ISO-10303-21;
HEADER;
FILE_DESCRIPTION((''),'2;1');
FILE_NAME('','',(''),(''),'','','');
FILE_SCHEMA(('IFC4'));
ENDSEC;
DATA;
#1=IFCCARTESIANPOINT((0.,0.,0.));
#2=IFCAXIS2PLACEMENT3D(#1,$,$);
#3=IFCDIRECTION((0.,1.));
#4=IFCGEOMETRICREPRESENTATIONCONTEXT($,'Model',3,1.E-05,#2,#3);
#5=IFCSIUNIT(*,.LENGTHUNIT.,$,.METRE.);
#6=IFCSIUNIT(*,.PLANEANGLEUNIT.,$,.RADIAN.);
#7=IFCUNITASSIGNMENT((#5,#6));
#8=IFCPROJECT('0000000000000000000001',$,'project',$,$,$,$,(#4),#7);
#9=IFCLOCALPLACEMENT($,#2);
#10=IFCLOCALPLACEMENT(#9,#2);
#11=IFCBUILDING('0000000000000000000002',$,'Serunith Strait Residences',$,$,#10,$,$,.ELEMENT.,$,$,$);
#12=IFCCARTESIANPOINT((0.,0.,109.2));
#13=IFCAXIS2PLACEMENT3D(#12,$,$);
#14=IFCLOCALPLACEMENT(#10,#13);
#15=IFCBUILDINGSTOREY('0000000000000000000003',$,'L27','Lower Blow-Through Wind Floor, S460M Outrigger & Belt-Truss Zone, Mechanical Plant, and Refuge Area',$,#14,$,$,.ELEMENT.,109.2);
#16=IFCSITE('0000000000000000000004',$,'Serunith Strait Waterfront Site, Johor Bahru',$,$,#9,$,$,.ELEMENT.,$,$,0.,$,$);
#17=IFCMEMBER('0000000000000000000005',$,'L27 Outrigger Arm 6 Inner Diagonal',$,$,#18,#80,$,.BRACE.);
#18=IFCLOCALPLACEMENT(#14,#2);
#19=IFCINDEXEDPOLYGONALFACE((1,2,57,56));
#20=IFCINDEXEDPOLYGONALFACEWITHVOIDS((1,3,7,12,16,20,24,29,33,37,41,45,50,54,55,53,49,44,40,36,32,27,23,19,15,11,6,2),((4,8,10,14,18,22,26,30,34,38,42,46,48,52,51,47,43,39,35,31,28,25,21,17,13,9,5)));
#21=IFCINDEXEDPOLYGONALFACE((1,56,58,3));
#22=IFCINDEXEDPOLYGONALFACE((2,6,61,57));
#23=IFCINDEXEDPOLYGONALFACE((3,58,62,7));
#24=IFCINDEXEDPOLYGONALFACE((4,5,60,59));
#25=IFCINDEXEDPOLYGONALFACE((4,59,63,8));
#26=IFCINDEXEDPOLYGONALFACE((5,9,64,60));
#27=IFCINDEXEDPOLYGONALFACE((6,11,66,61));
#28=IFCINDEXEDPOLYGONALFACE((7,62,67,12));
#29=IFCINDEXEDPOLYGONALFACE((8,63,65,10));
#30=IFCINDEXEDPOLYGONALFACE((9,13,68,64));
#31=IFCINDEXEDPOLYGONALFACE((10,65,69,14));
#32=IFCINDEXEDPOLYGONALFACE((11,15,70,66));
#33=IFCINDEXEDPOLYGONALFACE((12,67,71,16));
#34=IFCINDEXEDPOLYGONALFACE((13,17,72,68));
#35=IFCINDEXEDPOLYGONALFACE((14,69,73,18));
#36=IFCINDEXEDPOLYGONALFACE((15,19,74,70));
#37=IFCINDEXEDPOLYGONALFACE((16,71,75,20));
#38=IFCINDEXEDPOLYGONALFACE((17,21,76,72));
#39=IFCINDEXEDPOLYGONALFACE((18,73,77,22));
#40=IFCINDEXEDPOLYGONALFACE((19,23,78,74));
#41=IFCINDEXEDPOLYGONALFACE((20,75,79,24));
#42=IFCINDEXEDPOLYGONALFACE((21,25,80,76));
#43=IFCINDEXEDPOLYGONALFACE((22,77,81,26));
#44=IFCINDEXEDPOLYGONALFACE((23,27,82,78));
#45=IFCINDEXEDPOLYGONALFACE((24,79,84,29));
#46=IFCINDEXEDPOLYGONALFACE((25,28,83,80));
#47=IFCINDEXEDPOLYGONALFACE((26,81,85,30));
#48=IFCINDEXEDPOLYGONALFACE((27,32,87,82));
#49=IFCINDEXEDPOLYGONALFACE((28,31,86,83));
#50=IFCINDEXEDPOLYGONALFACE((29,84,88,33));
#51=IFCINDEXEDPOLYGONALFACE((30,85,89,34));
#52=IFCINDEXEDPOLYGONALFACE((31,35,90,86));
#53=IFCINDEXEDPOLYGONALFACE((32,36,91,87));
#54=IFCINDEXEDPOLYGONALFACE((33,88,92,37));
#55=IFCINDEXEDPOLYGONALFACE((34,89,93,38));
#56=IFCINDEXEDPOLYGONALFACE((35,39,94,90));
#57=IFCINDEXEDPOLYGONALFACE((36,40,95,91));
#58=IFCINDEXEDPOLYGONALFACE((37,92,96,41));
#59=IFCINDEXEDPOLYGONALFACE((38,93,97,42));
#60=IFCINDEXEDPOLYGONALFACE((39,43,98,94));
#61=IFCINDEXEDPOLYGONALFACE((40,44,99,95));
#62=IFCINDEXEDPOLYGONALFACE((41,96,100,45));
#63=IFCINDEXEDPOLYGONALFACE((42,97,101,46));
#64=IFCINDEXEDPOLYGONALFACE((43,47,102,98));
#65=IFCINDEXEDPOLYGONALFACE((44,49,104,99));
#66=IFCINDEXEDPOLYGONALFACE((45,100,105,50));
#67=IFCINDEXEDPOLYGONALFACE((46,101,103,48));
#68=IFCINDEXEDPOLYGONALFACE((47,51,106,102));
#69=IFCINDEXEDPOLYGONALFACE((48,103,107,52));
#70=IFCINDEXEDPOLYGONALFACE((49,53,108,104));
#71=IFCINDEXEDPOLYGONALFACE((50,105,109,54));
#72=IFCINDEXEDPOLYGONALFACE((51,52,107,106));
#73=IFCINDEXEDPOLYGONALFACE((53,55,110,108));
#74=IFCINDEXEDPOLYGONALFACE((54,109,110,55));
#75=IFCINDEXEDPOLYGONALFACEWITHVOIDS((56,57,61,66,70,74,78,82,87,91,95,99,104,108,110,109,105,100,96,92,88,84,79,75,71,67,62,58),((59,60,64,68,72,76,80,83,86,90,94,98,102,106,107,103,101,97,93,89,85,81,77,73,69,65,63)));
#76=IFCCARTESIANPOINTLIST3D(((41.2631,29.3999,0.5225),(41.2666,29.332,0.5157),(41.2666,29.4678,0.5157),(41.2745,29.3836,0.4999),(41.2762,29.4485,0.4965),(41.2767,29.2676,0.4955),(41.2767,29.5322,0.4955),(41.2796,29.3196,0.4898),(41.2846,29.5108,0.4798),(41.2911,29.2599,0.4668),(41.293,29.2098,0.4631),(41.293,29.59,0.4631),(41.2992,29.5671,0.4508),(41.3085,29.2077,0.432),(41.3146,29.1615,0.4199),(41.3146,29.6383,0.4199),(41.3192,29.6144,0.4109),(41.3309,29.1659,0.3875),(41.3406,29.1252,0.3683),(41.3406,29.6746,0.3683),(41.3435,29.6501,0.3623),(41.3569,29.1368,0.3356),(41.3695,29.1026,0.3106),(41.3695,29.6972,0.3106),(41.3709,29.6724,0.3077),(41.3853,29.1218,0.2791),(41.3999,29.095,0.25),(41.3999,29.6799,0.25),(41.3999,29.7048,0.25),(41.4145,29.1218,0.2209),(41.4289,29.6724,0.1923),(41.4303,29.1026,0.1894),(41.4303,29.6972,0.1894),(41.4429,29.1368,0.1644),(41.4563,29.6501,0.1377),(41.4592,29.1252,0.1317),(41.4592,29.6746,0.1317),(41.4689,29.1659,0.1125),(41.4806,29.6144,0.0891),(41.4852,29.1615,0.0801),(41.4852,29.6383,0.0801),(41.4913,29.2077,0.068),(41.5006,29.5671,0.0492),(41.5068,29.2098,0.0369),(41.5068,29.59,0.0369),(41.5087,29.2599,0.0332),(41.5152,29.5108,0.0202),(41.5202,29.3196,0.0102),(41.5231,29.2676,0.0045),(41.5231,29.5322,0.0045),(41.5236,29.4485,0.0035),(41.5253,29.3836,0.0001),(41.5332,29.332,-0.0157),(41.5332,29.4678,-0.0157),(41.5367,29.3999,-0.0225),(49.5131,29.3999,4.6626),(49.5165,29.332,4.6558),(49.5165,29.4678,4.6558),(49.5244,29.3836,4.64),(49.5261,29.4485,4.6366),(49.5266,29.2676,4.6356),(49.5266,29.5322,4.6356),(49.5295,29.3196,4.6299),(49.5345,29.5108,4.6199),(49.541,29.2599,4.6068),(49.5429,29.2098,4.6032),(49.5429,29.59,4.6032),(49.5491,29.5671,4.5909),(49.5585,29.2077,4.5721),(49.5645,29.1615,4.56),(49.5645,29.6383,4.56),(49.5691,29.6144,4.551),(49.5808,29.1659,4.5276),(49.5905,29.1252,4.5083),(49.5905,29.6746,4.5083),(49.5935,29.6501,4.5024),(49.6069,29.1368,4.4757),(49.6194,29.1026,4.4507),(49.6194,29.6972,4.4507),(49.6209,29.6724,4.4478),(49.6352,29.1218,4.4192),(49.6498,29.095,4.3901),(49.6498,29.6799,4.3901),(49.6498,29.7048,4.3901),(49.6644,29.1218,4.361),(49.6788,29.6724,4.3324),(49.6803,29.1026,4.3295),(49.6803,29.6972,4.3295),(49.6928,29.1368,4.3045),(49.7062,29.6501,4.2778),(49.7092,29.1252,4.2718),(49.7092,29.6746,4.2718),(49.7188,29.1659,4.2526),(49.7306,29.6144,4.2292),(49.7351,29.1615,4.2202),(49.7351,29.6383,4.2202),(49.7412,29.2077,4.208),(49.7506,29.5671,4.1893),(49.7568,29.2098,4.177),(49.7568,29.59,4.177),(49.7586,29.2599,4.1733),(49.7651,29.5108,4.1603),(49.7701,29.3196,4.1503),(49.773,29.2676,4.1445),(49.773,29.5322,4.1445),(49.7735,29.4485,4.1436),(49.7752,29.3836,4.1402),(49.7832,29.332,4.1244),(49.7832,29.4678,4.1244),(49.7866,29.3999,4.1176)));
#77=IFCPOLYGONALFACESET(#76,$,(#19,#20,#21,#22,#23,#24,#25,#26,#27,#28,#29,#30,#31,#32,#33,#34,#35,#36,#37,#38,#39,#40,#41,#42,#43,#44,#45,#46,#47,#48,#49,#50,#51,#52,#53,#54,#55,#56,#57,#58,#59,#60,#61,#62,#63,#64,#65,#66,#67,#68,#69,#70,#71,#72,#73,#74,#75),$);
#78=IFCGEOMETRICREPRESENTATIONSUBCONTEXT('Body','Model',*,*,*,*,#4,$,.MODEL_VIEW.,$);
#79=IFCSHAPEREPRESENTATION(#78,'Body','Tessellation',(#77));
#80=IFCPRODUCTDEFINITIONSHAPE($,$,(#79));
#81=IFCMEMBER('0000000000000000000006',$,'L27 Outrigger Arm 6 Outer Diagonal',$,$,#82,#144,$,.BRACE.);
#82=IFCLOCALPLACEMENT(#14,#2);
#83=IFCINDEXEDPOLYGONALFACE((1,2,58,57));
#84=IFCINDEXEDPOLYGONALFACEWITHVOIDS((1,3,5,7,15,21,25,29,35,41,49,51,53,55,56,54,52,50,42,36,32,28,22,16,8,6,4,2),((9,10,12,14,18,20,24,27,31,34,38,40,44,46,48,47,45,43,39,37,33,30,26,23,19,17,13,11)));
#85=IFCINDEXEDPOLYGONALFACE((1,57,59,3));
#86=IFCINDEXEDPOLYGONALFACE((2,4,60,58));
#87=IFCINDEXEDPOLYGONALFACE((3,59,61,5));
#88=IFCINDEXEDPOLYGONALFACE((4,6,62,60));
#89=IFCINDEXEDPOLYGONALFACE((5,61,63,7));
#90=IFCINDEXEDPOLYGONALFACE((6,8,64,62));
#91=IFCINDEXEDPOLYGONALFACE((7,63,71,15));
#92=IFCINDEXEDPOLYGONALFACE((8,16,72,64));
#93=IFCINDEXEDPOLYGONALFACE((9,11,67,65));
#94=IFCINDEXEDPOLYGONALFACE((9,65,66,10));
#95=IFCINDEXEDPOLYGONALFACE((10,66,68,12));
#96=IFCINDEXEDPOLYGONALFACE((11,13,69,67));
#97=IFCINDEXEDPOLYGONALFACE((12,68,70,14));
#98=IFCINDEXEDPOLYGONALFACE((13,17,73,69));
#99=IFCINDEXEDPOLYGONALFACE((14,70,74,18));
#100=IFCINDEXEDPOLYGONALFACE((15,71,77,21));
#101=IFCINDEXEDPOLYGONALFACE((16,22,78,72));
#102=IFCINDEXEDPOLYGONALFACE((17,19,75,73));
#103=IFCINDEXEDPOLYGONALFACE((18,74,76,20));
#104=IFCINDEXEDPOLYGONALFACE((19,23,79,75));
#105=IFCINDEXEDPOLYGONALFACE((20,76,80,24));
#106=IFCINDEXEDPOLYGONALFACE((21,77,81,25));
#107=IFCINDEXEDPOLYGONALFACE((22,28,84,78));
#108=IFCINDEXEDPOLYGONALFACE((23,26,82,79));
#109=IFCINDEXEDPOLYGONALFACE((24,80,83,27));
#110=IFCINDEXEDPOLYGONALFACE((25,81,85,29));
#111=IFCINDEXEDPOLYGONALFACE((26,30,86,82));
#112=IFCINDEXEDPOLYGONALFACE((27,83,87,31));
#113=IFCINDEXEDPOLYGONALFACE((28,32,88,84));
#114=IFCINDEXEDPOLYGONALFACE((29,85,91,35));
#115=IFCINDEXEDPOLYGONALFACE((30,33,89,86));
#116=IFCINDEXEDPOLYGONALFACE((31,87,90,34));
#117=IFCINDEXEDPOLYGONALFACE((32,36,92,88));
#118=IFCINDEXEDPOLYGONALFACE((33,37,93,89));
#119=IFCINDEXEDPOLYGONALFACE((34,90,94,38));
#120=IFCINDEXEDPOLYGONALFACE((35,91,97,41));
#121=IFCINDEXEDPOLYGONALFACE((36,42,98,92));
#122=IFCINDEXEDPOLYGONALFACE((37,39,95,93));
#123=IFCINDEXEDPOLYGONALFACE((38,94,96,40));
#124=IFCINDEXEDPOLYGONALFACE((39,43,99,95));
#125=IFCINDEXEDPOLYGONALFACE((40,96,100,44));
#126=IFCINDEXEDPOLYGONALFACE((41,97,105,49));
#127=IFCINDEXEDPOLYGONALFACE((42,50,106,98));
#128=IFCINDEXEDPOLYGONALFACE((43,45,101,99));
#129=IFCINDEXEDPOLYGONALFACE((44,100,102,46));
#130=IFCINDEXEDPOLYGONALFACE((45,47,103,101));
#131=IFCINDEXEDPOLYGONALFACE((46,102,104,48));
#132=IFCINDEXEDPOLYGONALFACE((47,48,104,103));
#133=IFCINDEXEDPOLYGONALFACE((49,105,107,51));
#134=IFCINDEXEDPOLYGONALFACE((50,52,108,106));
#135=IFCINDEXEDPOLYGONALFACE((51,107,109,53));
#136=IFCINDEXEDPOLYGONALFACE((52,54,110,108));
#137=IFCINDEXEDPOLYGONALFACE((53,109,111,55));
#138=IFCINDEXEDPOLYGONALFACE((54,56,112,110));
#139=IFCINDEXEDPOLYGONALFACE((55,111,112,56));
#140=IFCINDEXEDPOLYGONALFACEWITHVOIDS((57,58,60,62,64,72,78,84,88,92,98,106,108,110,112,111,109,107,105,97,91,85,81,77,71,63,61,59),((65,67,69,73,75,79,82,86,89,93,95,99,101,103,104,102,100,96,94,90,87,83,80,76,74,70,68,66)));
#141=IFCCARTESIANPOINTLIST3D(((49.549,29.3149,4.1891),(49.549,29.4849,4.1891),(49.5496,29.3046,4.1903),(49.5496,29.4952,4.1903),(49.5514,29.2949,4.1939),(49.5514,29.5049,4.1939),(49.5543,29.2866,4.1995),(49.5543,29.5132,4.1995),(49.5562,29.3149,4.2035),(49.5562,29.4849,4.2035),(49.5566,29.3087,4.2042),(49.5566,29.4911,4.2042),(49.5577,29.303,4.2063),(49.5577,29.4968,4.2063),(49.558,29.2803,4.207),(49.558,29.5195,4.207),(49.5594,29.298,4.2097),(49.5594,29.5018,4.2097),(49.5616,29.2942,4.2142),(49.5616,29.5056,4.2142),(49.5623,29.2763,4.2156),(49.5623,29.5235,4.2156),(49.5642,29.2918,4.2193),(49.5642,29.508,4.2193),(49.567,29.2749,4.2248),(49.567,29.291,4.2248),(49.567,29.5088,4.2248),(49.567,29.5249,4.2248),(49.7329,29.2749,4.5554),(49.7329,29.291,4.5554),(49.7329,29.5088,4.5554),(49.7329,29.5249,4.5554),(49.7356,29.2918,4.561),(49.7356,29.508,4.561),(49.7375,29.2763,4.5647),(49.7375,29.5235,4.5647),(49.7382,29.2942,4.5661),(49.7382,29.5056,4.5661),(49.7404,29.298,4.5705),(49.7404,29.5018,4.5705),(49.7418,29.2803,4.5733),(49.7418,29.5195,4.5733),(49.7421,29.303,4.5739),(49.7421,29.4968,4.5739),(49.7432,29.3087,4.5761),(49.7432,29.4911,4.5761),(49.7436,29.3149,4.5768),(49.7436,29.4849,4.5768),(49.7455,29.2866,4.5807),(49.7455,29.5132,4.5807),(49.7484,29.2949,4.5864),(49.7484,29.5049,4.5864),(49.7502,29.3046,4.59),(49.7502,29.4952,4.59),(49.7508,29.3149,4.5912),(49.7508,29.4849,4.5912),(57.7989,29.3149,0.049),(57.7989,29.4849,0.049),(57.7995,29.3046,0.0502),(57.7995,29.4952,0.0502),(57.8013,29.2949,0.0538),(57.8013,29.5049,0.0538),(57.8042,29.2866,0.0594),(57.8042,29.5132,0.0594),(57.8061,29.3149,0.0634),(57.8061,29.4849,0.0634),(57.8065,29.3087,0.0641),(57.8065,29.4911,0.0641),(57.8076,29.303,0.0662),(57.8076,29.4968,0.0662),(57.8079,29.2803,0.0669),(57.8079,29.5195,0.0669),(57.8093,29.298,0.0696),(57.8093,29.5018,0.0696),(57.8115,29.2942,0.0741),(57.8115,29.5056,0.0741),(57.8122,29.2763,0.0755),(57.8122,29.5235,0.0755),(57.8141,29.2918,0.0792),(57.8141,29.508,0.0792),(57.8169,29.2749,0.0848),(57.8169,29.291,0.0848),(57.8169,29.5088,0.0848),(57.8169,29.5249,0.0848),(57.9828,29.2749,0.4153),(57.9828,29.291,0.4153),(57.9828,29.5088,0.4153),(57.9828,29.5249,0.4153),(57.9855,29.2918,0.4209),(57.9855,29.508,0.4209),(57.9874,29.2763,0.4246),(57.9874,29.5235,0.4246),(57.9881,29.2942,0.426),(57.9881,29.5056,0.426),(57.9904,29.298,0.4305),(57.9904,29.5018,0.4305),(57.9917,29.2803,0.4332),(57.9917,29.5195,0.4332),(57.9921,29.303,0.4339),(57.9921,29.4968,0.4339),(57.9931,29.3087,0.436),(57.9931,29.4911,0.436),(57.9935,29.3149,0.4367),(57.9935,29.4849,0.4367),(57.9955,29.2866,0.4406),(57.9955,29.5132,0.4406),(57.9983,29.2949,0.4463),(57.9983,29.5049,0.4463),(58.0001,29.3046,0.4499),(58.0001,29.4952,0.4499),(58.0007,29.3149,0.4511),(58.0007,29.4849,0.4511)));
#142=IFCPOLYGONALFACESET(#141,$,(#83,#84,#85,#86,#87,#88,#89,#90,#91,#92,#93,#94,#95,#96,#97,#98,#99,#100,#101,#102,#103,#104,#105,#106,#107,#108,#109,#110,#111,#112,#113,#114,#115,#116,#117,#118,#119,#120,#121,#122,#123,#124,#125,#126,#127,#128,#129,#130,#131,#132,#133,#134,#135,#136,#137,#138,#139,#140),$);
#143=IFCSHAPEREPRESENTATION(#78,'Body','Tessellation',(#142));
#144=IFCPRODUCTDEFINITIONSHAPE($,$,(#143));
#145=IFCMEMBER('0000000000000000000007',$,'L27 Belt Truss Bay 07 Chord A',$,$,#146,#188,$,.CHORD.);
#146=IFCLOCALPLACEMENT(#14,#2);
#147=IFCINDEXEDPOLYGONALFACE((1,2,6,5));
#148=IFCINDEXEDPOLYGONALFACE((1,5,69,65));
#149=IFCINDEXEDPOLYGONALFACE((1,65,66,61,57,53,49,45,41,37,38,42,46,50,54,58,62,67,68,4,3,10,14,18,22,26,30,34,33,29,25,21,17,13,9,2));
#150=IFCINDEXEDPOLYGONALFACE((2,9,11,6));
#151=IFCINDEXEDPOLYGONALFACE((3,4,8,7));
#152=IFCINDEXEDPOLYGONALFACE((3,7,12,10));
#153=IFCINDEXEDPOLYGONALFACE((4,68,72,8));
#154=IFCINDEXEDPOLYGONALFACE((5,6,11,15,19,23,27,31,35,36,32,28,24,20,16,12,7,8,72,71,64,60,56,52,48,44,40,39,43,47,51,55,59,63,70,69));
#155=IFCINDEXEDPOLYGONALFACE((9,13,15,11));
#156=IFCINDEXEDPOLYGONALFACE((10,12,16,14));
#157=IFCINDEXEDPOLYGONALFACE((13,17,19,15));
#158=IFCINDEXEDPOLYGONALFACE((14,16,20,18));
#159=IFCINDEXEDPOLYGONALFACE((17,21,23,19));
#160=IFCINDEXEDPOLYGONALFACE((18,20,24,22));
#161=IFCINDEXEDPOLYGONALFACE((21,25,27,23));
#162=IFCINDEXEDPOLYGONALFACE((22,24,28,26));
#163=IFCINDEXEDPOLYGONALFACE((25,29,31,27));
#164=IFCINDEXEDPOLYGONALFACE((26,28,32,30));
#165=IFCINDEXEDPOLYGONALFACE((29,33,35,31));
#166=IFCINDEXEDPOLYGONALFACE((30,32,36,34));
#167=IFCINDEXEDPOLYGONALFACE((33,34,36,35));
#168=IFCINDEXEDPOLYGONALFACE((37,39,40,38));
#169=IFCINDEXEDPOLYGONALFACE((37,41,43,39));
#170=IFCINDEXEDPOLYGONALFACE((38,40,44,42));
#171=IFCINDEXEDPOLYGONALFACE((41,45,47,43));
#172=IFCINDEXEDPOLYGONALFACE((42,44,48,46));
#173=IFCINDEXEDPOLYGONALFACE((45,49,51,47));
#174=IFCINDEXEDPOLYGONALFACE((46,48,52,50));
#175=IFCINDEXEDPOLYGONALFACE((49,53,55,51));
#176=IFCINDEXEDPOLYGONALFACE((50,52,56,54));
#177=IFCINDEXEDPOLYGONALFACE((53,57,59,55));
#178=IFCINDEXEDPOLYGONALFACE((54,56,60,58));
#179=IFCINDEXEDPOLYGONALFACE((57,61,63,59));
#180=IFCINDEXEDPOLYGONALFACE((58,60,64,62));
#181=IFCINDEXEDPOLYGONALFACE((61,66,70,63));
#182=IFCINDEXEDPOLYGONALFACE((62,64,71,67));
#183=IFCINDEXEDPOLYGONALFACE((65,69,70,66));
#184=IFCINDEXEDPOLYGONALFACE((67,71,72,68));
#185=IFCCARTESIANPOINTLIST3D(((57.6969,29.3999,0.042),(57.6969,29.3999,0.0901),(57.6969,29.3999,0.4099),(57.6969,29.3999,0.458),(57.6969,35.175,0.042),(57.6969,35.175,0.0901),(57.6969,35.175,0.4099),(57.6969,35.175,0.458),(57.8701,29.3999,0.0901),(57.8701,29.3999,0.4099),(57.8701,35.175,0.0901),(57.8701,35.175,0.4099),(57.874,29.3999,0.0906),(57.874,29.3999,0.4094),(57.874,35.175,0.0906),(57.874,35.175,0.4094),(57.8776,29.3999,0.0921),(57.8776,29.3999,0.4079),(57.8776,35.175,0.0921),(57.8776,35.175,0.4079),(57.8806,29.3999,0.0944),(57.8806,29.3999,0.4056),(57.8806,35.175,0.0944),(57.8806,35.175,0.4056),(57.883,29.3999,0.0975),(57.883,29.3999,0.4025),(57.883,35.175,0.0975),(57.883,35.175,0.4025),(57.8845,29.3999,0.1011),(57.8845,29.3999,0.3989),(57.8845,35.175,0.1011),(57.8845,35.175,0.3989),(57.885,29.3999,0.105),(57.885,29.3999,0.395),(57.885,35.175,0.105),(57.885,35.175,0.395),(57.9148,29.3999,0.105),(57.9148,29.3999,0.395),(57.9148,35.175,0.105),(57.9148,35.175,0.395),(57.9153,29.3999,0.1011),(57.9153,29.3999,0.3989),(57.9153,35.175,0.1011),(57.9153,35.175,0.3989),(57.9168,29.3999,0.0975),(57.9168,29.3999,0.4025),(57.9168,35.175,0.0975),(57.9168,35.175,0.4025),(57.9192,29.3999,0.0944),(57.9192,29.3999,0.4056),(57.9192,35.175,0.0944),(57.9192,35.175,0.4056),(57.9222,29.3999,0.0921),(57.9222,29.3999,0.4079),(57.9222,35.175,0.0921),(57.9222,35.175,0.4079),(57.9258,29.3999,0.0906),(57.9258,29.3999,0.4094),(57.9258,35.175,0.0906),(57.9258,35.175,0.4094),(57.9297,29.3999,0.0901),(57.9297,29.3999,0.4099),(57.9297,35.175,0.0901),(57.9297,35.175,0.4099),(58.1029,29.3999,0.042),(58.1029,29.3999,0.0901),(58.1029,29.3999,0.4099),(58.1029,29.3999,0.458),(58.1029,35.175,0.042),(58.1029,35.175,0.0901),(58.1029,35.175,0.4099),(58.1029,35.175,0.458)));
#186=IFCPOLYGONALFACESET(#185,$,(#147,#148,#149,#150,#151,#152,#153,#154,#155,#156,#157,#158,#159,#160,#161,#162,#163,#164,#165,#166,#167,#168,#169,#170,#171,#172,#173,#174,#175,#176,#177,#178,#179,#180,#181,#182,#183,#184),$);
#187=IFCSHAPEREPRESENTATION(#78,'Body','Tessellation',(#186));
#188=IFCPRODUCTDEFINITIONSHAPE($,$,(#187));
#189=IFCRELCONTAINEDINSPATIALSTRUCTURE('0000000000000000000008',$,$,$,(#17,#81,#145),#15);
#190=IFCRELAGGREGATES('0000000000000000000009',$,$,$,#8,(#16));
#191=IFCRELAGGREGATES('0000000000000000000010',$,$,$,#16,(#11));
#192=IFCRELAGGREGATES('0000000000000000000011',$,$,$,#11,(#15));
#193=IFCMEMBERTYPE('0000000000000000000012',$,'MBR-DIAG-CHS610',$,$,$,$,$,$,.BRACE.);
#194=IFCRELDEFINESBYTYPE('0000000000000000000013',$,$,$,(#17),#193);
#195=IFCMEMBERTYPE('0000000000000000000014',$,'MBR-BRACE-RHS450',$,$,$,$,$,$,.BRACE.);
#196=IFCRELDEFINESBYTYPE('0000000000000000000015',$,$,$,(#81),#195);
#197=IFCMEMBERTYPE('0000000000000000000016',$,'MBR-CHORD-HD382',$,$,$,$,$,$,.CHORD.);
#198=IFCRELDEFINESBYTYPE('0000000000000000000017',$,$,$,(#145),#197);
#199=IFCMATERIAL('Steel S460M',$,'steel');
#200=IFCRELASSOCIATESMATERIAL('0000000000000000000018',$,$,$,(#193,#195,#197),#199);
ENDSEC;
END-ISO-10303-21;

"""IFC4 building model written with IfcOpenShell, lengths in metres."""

from ifc_helpers import new_model, si_unit, direction, frame, origin, origin_2d, place, context, subcontext, project, spatial, hollow_rectangle, hollow_circle, i_section, extrude, source, transform, mapped, material, material_profile, profile_set, type_object, element, save


model = new_model("IFC4")

# Units and contexts
model_context = context("Model", 3, precision=1e-05, world=origin(), true_north=direction((0.0, 1.0)))
body_context = subcontext(model_context, "Body", "Model", "MODEL_VIEW")
ifc_project = project(units=[si_unit("LENGTHUNIT", "METRE"), si_unit("PLANEANGLEUNIT", "RADIAN")], contexts=[model_context])

# Site, building, storey
site_placement = place(None, origin())
site = spatial("IfcSite", under=ifc_project, at=site_placement, Name="Serunith Strait Waterfront Site, Johor Bahru", CompositionType="ELEMENT", RefElevation=0.0)
building_placement = place(site_placement, origin())
building = spatial("IfcBuilding", under=site, at=building_placement, Name="Serunith Strait Residences", CompositionType="ELEMENT")
storey_placement = place(building_placement, frame((0.0, 0.0, 109.2)))
storey = spatial("IfcBuildingStorey", under=building, at=storey_placement, Name="L27", Description="Lower Blow-Through Wind Floor, S460M Outrigger & Belt-Truss Zone, Mechanical Plant, and Refuge Area", CompositionType="ELEMENT", Elevation=109.2)

# Members
ifc_material_1 = material(Name="Steel S460M", Category="steel")
ifc_material_profile_1 = material_profile(ifc_material_1, hollow_circle(Radius=0.3049, WallThickness=0.0249, at=origin_2d()), Name="CHS 610x25")
ifc_profile_set_1 = profile_set([ifc_material_profile_1], Name="Steel S460M")
member_type_1 = type_object("IfcMemberType", Name="MBR-DIAG-CHS610", PredefinedType="BRACE", material=ifc_profile_set_1)
shared_shape_1 = source(origin(), body_context, "Body", "SweptSolid", [
    extrude(hollow_circle(Radius=0.3049, WallThickness=0.0249, at=origin_2d()), origin(), (0.0, 0.0, 1.0), 9.2305),
])
member_1_placement = place(storey_placement, frame((41.3999, 29.3999, 0.25), z_axis=(0.89377, 0.0, 0.448525), x_axis=(0.0, 1.0, 0.0)))
element("IfcMember", 1, at=member_1_placement, inside=storey, type_object=member_type_1, Name="L27 Outrigger Arm 6 Inner Diagonal", PredefinedType="BRACE", context=body_context, shape_type="MappedRepresentation", body=[
    mapped(shared_shape_1, transform((0.0, 0.0, 0.0), scale=1.0)),
])
ifc_material_profile_2 = material_profile(ifc_material_1, hollow_rectangle(XDim=0.25, YDim=0.45, WallThickness=0.0161, InnerFilletRadius=0.0239, OuterFilletRadius=0.04, at=origin_2d()), Name="RHS 450x250x16")
ifc_profile_set_2 = profile_set([ifc_material_profile_2], Name="Steel S460M")
member_type_2 = type_object("IfcMemberType", Name="MBR-BRACE-RHS450", PredefinedType="BRACE", material=ifc_profile_set_2)
shared_shape_2 = source(origin(), body_context, "Body", "SweptSolid", [
    extrude(hollow_rectangle(XDim=0.25, YDim=0.45, WallThickness=0.0161, InnerFilletRadius=0.0239, OuterFilletRadius=0.04, at=origin_2d()), origin(), (0.0, 0.0, 1.0), 9.2305),
])
member_2_placement = place(storey_placement, frame((49.6499, 29.3999, 4.3901), z_axis=(0.89377, 0.0, -0.448525), x_axis=(0.0, 1.0, 0.0)))
element("IfcMember", 2, at=member_2_placement, inside=storey, type_object=member_type_2, Name="L27 Outrigger Arm 6 Outer Diagonal", PredefinedType="BRACE", context=body_context, shape_type="MappedRepresentation", body=[
    mapped(shared_shape_2, transform((0.0, 0.0, 0.0), scale=1.0)),
])
ifc_material_profile_3 = material_profile(ifc_material_1, i_section(OverallWidth=0.406, OverallDepth=0.416, WebThickness=0.0298, FlangeThickness=0.0481, FilletRadius=0.0149, at=origin_2d()), Name="HD 400x382")
ifc_profile_set_3 = profile_set([ifc_material_profile_3], Name="Steel S460M")
member_type_3 = type_object("IfcMemberType", Name="MBR-CHORD-HD382", PredefinedType="CHORD", material=ifc_profile_set_3)
shared_shape_3 = source(origin(), body_context, "Body", "SweptSolid", [
    extrude(i_section(OverallWidth=0.406, OverallDepth=0.416, WebThickness=0.0298, FlangeThickness=0.0481, FilletRadius=0.0149, at=origin_2d()), origin(), (0.0, 0.0, 1.0), 5.7751),
])
member_3_placement = place(storey_placement, frame((57.8999, 29.3999, 0.25), z_axis=(0.0, 1.0, 0.0), x_axis=(-1.0, 0.0, 0.0)))
element("IfcMember", 3, at=member_3_placement, inside=storey, type_object=member_type_3, Name="L27 Belt Truss Bay 07 Chord A", PredefinedType="CHORD", context=body_context, shape_type="MappedRepresentation", body=[
    mapped(shared_shape_3, transform((0.0, 0.0, 0.0), scale=1.0)),
])

save(model, "model.ifc")
